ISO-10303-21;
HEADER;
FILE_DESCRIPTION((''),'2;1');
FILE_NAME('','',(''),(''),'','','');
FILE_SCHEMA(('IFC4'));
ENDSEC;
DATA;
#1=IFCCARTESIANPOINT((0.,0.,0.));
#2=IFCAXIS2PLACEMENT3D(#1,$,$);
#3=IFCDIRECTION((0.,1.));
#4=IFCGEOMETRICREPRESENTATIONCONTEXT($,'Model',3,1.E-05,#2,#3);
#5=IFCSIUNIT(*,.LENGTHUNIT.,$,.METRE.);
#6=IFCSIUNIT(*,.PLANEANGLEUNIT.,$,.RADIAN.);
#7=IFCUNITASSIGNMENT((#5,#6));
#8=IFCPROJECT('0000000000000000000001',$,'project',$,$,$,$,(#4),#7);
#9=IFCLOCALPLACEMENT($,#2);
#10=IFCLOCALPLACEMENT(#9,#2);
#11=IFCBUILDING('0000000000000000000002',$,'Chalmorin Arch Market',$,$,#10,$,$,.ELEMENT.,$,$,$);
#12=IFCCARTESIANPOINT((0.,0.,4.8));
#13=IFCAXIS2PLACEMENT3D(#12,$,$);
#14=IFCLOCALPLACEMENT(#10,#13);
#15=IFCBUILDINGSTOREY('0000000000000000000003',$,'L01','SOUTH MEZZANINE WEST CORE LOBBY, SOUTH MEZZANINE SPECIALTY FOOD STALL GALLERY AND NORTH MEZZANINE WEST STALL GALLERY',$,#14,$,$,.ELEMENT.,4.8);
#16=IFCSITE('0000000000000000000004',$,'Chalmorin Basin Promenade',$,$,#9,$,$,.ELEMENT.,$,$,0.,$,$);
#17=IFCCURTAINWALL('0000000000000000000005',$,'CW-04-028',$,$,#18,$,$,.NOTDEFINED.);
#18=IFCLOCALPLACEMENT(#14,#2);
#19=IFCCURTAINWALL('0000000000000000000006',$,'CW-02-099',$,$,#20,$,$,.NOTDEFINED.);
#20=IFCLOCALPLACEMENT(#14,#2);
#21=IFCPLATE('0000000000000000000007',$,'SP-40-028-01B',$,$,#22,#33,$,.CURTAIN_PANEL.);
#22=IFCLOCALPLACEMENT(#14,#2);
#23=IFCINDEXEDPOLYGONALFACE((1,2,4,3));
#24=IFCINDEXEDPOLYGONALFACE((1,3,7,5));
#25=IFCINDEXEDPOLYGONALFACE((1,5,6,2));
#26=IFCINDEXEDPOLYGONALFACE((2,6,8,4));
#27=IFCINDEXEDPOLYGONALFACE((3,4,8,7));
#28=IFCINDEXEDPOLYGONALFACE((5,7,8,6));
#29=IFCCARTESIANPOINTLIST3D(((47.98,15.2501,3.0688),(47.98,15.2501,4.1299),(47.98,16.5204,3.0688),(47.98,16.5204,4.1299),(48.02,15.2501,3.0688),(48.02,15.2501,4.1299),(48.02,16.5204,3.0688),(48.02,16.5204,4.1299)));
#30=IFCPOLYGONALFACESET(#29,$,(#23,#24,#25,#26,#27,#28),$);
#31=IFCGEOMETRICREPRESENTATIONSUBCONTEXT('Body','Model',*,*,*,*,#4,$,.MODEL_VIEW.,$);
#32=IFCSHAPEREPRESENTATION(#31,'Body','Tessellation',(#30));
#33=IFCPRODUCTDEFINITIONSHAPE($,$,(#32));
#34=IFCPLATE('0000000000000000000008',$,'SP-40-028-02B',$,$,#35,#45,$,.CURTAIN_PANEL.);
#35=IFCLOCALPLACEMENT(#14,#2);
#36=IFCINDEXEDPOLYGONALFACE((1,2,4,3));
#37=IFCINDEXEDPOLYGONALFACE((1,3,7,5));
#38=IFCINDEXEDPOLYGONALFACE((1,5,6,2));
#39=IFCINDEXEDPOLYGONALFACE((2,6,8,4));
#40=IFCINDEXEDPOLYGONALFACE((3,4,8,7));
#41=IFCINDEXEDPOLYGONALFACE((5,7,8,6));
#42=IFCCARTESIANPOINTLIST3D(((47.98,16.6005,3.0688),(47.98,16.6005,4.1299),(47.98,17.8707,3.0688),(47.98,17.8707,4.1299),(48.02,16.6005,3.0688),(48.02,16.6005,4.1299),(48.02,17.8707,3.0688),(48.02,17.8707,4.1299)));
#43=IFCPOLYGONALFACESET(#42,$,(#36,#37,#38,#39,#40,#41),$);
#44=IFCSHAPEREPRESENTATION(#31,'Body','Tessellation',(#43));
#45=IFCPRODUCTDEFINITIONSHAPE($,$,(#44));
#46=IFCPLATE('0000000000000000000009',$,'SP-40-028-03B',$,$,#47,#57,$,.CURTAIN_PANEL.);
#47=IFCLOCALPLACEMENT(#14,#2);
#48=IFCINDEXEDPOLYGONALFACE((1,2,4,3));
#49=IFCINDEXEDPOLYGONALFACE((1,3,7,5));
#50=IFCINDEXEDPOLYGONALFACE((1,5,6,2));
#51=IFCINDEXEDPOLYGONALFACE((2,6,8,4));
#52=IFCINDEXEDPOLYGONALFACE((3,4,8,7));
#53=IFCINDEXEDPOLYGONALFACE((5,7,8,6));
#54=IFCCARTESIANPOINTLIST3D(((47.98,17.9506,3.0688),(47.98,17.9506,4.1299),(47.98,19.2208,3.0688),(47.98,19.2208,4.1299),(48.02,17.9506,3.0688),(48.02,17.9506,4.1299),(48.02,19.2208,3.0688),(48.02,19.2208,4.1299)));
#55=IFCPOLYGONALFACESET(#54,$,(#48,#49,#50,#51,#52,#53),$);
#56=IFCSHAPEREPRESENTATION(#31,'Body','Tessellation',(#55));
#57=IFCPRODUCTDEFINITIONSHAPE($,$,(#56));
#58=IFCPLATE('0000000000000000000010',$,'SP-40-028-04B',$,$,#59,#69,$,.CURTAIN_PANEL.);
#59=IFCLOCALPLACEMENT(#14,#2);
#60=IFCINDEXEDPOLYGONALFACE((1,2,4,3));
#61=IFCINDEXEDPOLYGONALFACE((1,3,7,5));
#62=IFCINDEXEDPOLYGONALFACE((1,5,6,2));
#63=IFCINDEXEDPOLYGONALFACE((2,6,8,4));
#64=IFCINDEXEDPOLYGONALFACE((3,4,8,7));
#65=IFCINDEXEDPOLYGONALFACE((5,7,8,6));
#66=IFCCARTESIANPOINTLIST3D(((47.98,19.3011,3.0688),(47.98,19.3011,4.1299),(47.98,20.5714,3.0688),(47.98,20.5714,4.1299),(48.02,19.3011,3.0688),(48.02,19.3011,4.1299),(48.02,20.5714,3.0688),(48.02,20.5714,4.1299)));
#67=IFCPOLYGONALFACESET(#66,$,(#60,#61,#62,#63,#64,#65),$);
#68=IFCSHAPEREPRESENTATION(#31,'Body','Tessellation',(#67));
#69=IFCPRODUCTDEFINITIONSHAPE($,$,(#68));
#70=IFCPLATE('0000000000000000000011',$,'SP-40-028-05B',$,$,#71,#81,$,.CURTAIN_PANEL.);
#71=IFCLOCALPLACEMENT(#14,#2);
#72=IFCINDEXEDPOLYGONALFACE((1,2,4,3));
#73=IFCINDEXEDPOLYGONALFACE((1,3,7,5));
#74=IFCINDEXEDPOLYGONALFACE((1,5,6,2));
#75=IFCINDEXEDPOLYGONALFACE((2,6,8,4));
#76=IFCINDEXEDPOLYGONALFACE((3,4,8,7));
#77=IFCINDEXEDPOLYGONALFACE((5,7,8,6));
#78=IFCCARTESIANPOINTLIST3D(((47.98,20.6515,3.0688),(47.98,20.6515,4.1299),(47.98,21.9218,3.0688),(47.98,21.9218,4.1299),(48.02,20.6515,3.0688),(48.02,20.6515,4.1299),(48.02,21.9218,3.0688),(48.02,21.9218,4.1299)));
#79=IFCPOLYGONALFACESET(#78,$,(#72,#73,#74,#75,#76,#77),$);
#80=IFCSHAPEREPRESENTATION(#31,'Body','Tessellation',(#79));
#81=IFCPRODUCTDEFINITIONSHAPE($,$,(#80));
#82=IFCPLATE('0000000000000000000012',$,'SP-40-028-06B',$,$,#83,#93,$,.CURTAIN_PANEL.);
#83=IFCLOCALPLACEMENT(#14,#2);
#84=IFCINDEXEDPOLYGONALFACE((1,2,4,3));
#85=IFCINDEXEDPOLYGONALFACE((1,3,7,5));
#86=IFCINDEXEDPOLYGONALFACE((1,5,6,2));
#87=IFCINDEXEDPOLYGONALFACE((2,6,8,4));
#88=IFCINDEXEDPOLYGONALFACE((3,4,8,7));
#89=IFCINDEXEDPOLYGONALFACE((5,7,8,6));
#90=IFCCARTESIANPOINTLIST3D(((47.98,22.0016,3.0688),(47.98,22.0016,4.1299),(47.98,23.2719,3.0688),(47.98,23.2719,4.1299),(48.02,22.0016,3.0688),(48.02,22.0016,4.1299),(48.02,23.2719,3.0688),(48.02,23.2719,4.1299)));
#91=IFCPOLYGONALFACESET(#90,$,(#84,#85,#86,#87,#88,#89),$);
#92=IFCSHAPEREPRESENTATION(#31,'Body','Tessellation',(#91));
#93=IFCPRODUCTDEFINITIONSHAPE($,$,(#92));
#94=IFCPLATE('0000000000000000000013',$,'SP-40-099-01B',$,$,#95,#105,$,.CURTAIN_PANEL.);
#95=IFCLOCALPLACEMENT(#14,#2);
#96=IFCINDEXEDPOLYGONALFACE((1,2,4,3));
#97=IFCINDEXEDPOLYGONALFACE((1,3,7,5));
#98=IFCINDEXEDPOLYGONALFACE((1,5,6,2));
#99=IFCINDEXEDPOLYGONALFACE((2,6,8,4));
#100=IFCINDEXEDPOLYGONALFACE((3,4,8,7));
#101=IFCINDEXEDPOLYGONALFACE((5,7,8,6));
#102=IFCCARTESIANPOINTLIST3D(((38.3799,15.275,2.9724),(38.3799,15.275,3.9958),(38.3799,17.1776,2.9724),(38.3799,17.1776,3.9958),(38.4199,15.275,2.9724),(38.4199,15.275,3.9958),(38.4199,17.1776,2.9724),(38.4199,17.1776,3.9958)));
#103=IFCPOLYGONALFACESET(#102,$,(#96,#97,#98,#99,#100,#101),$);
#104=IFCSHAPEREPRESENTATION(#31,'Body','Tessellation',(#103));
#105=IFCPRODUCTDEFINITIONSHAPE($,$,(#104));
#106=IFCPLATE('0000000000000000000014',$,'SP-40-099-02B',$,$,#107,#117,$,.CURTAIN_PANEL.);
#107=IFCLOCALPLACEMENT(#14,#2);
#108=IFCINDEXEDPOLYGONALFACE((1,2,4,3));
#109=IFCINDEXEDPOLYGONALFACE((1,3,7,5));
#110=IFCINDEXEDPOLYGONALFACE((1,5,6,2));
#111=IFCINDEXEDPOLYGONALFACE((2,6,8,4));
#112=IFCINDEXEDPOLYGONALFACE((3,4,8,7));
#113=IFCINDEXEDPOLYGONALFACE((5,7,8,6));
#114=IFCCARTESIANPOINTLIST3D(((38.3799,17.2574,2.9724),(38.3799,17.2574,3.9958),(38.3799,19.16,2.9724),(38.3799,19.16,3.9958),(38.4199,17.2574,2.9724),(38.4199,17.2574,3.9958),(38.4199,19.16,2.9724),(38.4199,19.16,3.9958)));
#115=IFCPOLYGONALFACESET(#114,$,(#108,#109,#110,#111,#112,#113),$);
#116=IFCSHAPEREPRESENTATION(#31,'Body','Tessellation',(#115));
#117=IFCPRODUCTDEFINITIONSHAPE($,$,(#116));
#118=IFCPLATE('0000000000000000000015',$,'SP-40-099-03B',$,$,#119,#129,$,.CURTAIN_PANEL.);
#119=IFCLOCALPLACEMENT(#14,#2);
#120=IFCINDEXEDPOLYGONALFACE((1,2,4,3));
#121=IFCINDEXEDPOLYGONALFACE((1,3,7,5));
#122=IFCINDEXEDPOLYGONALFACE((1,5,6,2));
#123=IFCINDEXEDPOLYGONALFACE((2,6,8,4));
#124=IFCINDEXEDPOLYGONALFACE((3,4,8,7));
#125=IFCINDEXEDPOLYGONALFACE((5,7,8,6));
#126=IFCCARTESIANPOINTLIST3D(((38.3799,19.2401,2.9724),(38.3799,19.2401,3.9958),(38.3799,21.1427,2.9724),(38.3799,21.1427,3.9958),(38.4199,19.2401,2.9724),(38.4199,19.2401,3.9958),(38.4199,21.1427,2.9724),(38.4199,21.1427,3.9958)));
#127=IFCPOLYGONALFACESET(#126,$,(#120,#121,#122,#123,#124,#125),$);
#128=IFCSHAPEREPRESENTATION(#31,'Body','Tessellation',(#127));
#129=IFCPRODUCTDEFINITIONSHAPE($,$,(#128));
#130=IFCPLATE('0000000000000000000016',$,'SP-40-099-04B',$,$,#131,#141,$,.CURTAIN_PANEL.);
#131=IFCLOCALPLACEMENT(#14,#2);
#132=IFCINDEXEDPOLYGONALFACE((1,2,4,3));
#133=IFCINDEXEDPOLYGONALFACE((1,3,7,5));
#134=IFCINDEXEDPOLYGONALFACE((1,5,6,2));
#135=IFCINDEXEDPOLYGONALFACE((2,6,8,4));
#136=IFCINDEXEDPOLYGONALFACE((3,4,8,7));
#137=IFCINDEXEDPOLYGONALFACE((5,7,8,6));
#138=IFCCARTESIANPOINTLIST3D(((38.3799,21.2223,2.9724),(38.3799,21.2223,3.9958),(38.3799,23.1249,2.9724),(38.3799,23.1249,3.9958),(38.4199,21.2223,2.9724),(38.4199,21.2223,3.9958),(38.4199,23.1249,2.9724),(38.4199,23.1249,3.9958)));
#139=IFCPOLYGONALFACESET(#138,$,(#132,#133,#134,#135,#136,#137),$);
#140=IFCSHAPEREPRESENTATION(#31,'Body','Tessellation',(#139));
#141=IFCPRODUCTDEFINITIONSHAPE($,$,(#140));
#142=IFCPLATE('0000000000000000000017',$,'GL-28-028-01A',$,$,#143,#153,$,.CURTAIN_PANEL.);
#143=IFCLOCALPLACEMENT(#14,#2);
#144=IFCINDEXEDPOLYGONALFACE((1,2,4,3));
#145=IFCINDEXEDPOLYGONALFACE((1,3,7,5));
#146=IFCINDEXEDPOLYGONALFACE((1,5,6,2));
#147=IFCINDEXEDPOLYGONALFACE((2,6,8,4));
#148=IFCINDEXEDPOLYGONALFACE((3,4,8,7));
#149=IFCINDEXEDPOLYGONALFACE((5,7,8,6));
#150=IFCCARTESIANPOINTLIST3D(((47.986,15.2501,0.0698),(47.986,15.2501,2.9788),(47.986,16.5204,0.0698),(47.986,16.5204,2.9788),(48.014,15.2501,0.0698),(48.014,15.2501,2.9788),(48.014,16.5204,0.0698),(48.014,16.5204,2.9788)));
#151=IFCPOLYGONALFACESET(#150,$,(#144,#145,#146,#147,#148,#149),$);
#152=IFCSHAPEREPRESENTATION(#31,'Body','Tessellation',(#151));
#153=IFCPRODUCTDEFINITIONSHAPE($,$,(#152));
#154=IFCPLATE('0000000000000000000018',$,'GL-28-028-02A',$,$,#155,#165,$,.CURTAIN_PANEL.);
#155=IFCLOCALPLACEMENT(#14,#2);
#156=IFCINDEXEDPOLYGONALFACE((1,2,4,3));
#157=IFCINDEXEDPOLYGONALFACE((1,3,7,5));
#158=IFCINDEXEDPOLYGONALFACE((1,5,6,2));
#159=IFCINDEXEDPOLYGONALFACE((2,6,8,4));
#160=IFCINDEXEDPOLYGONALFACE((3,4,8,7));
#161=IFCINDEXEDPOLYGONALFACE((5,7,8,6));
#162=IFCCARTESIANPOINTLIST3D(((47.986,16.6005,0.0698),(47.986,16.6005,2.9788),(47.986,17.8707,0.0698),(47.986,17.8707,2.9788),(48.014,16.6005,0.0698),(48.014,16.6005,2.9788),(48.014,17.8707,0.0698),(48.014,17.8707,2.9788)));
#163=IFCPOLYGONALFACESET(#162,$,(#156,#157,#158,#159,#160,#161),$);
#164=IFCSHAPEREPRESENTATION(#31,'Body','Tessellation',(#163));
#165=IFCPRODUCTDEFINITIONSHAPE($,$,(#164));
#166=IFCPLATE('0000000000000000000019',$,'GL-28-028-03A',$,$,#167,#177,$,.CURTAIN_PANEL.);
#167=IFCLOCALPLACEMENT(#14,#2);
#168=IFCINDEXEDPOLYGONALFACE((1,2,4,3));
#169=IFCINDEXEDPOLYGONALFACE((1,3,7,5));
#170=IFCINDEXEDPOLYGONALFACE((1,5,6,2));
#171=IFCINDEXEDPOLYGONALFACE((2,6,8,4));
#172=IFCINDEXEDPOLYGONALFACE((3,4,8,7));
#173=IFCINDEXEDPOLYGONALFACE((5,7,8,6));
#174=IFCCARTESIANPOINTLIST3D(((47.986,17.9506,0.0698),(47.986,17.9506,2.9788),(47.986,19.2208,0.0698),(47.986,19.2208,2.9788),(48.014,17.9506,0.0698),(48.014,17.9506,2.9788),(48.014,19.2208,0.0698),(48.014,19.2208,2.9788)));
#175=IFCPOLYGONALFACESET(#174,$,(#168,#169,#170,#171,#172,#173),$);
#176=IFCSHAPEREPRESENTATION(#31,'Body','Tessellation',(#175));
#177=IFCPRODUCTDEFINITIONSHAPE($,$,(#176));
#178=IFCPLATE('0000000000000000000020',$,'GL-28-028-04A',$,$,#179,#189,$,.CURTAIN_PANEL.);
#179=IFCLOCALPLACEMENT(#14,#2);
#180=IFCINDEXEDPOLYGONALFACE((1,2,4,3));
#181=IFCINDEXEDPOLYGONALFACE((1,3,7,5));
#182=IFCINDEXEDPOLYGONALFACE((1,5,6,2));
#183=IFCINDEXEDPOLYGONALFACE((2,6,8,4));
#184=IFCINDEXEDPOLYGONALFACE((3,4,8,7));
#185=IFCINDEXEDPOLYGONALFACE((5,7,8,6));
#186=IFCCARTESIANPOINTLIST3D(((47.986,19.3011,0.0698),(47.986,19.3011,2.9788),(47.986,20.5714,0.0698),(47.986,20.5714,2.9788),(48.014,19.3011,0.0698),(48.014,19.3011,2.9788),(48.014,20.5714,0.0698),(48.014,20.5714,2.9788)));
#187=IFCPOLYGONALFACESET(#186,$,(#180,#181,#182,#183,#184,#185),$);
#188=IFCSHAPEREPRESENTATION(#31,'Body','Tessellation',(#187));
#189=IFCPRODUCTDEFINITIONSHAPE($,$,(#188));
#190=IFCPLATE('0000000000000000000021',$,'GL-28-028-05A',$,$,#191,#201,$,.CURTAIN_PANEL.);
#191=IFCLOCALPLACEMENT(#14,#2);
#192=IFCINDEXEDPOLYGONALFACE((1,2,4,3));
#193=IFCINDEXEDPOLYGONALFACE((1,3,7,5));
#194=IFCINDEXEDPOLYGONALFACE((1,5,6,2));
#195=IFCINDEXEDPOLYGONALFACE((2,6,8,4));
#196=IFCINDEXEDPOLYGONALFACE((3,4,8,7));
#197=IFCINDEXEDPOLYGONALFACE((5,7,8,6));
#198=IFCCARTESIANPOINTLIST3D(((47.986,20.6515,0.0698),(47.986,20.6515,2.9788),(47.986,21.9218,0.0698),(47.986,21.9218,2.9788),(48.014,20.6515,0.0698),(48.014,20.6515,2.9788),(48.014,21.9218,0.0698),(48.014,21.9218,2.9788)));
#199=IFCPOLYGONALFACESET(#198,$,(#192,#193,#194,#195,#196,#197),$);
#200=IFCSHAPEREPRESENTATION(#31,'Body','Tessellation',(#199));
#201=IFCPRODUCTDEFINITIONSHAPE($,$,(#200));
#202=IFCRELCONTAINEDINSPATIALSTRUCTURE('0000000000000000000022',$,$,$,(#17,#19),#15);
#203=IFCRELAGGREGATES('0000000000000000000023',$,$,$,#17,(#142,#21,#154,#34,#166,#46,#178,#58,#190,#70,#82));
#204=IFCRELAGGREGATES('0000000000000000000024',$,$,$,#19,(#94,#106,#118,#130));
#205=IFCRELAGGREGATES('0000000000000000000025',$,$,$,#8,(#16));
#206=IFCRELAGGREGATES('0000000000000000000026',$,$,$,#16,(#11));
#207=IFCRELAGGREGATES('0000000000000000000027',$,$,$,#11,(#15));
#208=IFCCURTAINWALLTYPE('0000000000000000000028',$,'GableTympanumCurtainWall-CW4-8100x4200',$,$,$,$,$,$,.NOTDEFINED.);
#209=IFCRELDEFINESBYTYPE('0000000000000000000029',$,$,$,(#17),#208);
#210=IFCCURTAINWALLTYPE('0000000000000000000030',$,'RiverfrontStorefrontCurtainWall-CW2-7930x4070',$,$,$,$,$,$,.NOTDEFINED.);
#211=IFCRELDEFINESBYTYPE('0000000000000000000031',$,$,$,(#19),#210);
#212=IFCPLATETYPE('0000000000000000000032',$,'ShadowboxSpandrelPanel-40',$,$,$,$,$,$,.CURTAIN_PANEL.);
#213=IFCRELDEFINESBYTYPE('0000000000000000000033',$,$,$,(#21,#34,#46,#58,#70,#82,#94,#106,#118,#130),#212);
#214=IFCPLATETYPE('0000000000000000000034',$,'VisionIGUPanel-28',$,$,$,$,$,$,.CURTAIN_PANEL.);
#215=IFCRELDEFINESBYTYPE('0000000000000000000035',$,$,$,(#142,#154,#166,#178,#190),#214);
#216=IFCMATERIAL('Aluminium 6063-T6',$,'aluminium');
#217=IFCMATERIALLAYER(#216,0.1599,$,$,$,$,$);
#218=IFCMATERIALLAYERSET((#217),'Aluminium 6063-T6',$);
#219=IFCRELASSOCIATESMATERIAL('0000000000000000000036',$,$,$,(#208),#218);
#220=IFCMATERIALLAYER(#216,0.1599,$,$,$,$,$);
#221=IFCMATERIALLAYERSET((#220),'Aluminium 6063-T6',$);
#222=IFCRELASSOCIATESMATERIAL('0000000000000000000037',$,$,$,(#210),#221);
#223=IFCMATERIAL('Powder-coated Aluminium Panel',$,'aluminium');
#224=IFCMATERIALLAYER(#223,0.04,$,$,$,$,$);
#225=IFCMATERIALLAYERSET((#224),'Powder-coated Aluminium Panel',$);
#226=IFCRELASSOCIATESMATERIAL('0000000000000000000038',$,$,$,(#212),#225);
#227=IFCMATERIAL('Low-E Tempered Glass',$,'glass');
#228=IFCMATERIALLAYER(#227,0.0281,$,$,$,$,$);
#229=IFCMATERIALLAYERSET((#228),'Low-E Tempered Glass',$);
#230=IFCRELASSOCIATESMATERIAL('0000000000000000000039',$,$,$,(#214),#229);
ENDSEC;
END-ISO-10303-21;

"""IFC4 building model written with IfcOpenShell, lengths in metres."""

from ifc_helpers import new_model, si_unit, direction, frame, origin, origin_2d, place, context, subcontext, project, spatial, rectangle, extrude, material, layer, layer_set, type_object, element, aggregate, save


model = new_model("IFC4")

# Units and contexts
model_context = context("Model", 3, precision=1e-05, world=origin(), true_north=direction((0.0, 1.0)))
body_context = subcontext(model_context, "Body", "Model", "MODEL_VIEW")
ifc_project = project(units=[si_unit("LENGTHUNIT", "METRE"), si_unit("PLANEANGLEUNIT", "RADIAN")], contexts=[model_context])

# Site, building, storey
site_placement = place(None, origin())
site = spatial("IfcSite", under=ifc_project, at=site_placement, Name="Chalmorin Basin Promenade", CompositionType="ELEMENT", RefElevation=0.0)
building_placement = place(site_placement, origin())
building = spatial("IfcBuilding", under=site, at=building_placement, Name="Chalmorin Arch Market", CompositionType="ELEMENT")
storey_placement = place(building_placement, frame((0.0, 0.0, 4.8)))
storey = spatial("IfcBuildingStorey", under=building, at=storey_placement, Name="L01", Description="SOUTH MEZZANINE WEST CORE LOBBY, SOUTH MEZZANINE SPECIALTY FOOD STALL GALLERY AND NORTH MEZZANINE WEST STALL GALLERY", CompositionType="ELEMENT", Elevation=4.8)

# Curtain walls
ifc_material_1 = material(Name="Aluminium 6063-T6", Category="aluminium")
ifc_layer_1 = layer(ifc_material_1, 0.1599)
ifc_layer_set_1 = layer_set([ifc_layer_1], Name="Aluminium 6063-T6")
curtain_wall_type_1 = type_object("IfcCurtainWallType", Name="GableTympanumCurtainWall-CW4-8100x4200", PredefinedType="NOTDEFINED", material=ifc_layer_set_1)
curtain_wall_1_placement = place(storey_placement, origin())
curtain_wall_1 = element("IfcCurtainWall", 1, at=curtain_wall_1_placement, inside=storey, type_object=curtain_wall_type_1, Name="CW-04-028", PredefinedType="NOTDEFINED")
ifc_layer_2 = layer(ifc_material_1, 0.1599)
ifc_layer_set_2 = layer_set([ifc_layer_2], Name="Aluminium 6063-T6")
curtain_wall_type_2 = type_object("IfcCurtainWallType", Name="RiverfrontStorefrontCurtainWall-CW2-7930x4070", PredefinedType="NOTDEFINED", material=ifc_layer_set_2)
curtain_wall_2_placement = place(storey_placement, origin())
curtain_wall_2 = element("IfcCurtainWall", 2, at=curtain_wall_2_placement, inside=storey, type_object=curtain_wall_type_2, Name="CW-02-099", PredefinedType="NOTDEFINED")

# Plates
ifc_material_2 = material(Name="Powder-coated Aluminium Panel", Category="aluminium")
ifc_layer_3 = layer(ifc_material_2, 0.04)
ifc_layer_set_3 = layer_set([ifc_layer_3], Name="Powder-coated Aluminium Panel")
plate_type_1 = type_object("IfcPlateType", Name="ShadowboxSpandrelPanel-40", PredefinedType="CURTAIN_PANEL", material=ifc_layer_set_3)
plate_1_placement = place(storey_placement, frame((48.0, 15.8853, 3.0688), z_axis=(0.0, 0.0, 1.0), x_axis=(0.0, 1.0, 0.0)))
plate_1 = element("IfcPlate", 3, at=plate_1_placement, type_object=plate_type_1, Name="SP-40-028-01B", PredefinedType="CURTAIN_PANEL", context=body_context, shape_type="SweptSolid", body=[
    extrude(rectangle(XDim=1.2703, YDim=0.04, at=origin_2d()), origin(), (0.0, 0.0, 1.0), 1.061),
])
plate_2_placement = place(storey_placement, frame((48.0, 17.2356, 3.0688), z_axis=(0.0, 0.0, 1.0), x_axis=(0.0, 1.0, 0.0)))
plate_2 = element("IfcPlate", 4, at=plate_2_placement, type_object=plate_type_1, Name="SP-40-028-02B", PredefinedType="CURTAIN_PANEL", context=body_context, shape_type="SweptSolid", body=[
    extrude(rectangle(XDim=1.2703, YDim=0.04, at=origin_2d()), origin(), (0.0, 0.0, 1.0), 1.061),
])
plate_3_placement = place(storey_placement, frame((48.0, 18.5857, 3.0688), z_axis=(0.0, 0.0, 1.0), x_axis=(0.0, 1.0, 0.0)))
plate_3 = element("IfcPlate", 5, at=plate_3_placement, type_object=plate_type_1, Name="SP-40-028-03B", PredefinedType="CURTAIN_PANEL", context=body_context, shape_type="SweptSolid", body=[
    extrude(rectangle(XDim=1.2703, YDim=0.04, at=origin_2d()), origin(), (0.0, 0.0, 1.0), 1.061),
])
plate_4_placement = place(storey_placement, frame((48.0, 19.9363, 3.0688), z_axis=(0.0, 0.0, 1.0), x_axis=(0.0, 1.0, 0.0)))
plate_4 = element("IfcPlate", 6, at=plate_4_placement, type_object=plate_type_1, Name="SP-40-028-04B", PredefinedType="CURTAIN_PANEL", context=body_context, shape_type="SweptSolid", body=[
    extrude(rectangle(XDim=1.2703, YDim=0.04, at=origin_2d()), origin(), (0.0, 0.0, 1.0), 1.061),
])
plate_5_placement = place(storey_placement, frame((48.0, 21.2866, 3.0688), z_axis=(0.0, 0.0, 1.0), x_axis=(0.0, 1.0, 0.0)))
plate_5 = element("IfcPlate", 7, at=plate_5_placement, type_object=plate_type_1, Name="SP-40-028-05B", PredefinedType="CURTAIN_PANEL", context=body_context, shape_type="SweptSolid", body=[
    extrude(rectangle(XDim=1.2703, YDim=0.04, at=origin_2d()), origin(), (0.0, 0.0, 1.0), 1.061),
])
plate_6_placement = place(storey_placement, frame((48.0, 22.6367, 3.0688), z_axis=(0.0, 0.0, 1.0), x_axis=(0.0, 1.0, 0.0)))
plate_6 = element("IfcPlate", 8, at=plate_6_placement, type_object=plate_type_1, Name="SP-40-028-06B", PredefinedType="CURTAIN_PANEL", context=body_context, shape_type="SweptSolid", body=[
    extrude(rectangle(XDim=1.2703, YDim=0.04, at=origin_2d()), origin(), (0.0, 0.0, 1.0), 1.061),
])
plate_7_placement = place(storey_placement, frame((38.3999, 16.2263, 2.9724), z_axis=(0.0, 0.0, 1.0), x_axis=(0.0, 1.0, 0.0)))
plate_7 = element("IfcPlate", 9, at=plate_7_placement, type_object=plate_type_1, Name="SP-40-099-01B", PredefinedType="CURTAIN_PANEL", context=body_context, shape_type="SweptSolid", body=[
    extrude(rectangle(XDim=1.9026, YDim=0.04, at=origin_2d()), origin(), (0.0, 0.0, 1.0), 1.0234),
])
plate_8_placement = place(storey_placement, frame((38.3999, 18.2087, 2.9724), z_axis=(0.0, 0.0, 1.0), x_axis=(0.0, 1.0, 0.0)))
plate_8 = element("IfcPlate", 10, at=plate_8_placement, type_object=plate_type_1, Name="SP-40-099-02B", PredefinedType="CURTAIN_PANEL", context=body_context, shape_type="SweptSolid", body=[
    extrude(rectangle(XDim=1.9026, YDim=0.04, at=origin_2d()), origin(), (0.0, 0.0, 1.0), 1.0234),
])
plate_9_placement = place(storey_placement, frame((38.3999, 20.1914, 2.9724), z_axis=(0.0, 0.0, 1.0), x_axis=(0.0, 1.0, 0.0)))
plate_9 = element("IfcPlate", 11, at=plate_9_placement, type_object=plate_type_1, Name="SP-40-099-03B", PredefinedType="CURTAIN_PANEL", context=body_context, shape_type="SweptSolid", body=[
    extrude(rectangle(XDim=1.9026, YDim=0.04, at=origin_2d()), origin(), (0.0, 0.0, 1.0), 1.0234),
])
plate_10_placement = place(storey_placement, frame((38.3999, 22.1736, 2.9724), z_axis=(0.0, 0.0, 1.0), x_axis=(0.0, 1.0, 0.0)))
plate_10 = element("IfcPlate", 12, at=plate_10_placement, type_object=plate_type_1, Name="SP-40-099-04B", PredefinedType="CURTAIN_PANEL", context=body_context, shape_type="SweptSolid", body=[
    extrude(rectangle(XDim=1.9026, YDim=0.04, at=origin_2d()), origin(), (0.0, 0.0, 1.0), 1.0234),
])
ifc_material_3 = material(Name="Low-E Tempered Glass", Category="glass")
ifc_layer_4 = layer(ifc_material_3, 0.0281)
ifc_layer_set_4 = layer_set([ifc_layer_4], Name="Low-E Tempered Glass")
plate_type_2 = type_object("IfcPlateType", Name="VisionIGUPanel-28", PredefinedType="CURTAIN_PANEL", material=ifc_layer_set_4)
plate_11_placement = place(storey_placement, frame((48.0, 15.8853, 0.0698), z_axis=(0.0, 0.0, 1.0), x_axis=(0.0, 1.0, 0.0)))
plate_11 = element("IfcPlate", 13, at=plate_11_placement, type_object=plate_type_2, Name="GL-28-028-01A", PredefinedType="CURTAIN_PANEL", context=body_context, shape_type="SweptSolid", body=[
    extrude(rectangle(XDim=1.2703, YDim=0.0281, at=origin_2d()), origin(), (0.0, 0.0, 1.0), 2.9089),
])
plate_12_placement = place(storey_placement, frame((48.0, 17.2356, 0.0698), z_axis=(0.0, 0.0, 1.0), x_axis=(0.0, 1.0, 0.0)))
plate_12 = element("IfcPlate", 14, at=plate_12_placement, type_object=plate_type_2, Name="GL-28-028-02A", PredefinedType="CURTAIN_PANEL", context=body_context, shape_type="SweptSolid", body=[
    extrude(rectangle(XDim=1.2703, YDim=0.0281, at=origin_2d()), origin(), (0.0, 0.0, 1.0), 2.9089),
])
plate_13_placement = place(storey_placement, frame((48.0, 18.5857, 0.0698), z_axis=(0.0, 0.0, 1.0), x_axis=(0.0, 1.0, 0.0)))
plate_13 = element("IfcPlate", 15, at=plate_13_placement, type_object=plate_type_2, Name="GL-28-028-03A", PredefinedType="CURTAIN_PANEL", context=body_context, shape_type="SweptSolid", body=[
    extrude(rectangle(XDim=1.2703, YDim=0.0281, at=origin_2d()), origin(), (0.0, 0.0, 1.0), 2.9089),
])
plate_14_placement = place(storey_placement, frame((48.0, 19.9363, 0.0698), z_axis=(0.0, 0.0, 1.0), x_axis=(0.0, 1.0, 0.0)))
plate_14 = element("IfcPlate", 16, at=plate_14_placement, type_object=plate_type_2, Name="GL-28-028-04A", PredefinedType="CURTAIN_PANEL", context=body_context, shape_type="SweptSolid", body=[
    extrude(rectangle(XDim=1.2703, YDim=0.0281, at=origin_2d()), origin(), (0.0, 0.0, 1.0), 2.9089),
])
plate_15_placement = place(storey_placement, frame((48.0, 21.2866, 0.0698), z_axis=(0.0, 0.0, 1.0), x_axis=(0.0, 1.0, 0.0)))
plate_15 = element("IfcPlate", 17, at=plate_15_placement, type_object=plate_type_2, Name="GL-28-028-05A", PredefinedType="CURTAIN_PANEL", context=body_context, shape_type="SweptSolid", body=[
    extrude(rectangle(XDim=1.2703, YDim=0.0281, at=origin_2d()), origin(), (0.0, 0.0, 1.0), 2.9089),
])
aggregate(curtain_wall_1, [plate_11, plate_1, plate_12, plate_2, plate_13, plate_3, plate_14, plate_4, plate_15, plate_5, plate_6])
aggregate(curtain_wall_2, [plate_7, plate_8, plate_9, plate_10])

save(model, "model.ifc")
